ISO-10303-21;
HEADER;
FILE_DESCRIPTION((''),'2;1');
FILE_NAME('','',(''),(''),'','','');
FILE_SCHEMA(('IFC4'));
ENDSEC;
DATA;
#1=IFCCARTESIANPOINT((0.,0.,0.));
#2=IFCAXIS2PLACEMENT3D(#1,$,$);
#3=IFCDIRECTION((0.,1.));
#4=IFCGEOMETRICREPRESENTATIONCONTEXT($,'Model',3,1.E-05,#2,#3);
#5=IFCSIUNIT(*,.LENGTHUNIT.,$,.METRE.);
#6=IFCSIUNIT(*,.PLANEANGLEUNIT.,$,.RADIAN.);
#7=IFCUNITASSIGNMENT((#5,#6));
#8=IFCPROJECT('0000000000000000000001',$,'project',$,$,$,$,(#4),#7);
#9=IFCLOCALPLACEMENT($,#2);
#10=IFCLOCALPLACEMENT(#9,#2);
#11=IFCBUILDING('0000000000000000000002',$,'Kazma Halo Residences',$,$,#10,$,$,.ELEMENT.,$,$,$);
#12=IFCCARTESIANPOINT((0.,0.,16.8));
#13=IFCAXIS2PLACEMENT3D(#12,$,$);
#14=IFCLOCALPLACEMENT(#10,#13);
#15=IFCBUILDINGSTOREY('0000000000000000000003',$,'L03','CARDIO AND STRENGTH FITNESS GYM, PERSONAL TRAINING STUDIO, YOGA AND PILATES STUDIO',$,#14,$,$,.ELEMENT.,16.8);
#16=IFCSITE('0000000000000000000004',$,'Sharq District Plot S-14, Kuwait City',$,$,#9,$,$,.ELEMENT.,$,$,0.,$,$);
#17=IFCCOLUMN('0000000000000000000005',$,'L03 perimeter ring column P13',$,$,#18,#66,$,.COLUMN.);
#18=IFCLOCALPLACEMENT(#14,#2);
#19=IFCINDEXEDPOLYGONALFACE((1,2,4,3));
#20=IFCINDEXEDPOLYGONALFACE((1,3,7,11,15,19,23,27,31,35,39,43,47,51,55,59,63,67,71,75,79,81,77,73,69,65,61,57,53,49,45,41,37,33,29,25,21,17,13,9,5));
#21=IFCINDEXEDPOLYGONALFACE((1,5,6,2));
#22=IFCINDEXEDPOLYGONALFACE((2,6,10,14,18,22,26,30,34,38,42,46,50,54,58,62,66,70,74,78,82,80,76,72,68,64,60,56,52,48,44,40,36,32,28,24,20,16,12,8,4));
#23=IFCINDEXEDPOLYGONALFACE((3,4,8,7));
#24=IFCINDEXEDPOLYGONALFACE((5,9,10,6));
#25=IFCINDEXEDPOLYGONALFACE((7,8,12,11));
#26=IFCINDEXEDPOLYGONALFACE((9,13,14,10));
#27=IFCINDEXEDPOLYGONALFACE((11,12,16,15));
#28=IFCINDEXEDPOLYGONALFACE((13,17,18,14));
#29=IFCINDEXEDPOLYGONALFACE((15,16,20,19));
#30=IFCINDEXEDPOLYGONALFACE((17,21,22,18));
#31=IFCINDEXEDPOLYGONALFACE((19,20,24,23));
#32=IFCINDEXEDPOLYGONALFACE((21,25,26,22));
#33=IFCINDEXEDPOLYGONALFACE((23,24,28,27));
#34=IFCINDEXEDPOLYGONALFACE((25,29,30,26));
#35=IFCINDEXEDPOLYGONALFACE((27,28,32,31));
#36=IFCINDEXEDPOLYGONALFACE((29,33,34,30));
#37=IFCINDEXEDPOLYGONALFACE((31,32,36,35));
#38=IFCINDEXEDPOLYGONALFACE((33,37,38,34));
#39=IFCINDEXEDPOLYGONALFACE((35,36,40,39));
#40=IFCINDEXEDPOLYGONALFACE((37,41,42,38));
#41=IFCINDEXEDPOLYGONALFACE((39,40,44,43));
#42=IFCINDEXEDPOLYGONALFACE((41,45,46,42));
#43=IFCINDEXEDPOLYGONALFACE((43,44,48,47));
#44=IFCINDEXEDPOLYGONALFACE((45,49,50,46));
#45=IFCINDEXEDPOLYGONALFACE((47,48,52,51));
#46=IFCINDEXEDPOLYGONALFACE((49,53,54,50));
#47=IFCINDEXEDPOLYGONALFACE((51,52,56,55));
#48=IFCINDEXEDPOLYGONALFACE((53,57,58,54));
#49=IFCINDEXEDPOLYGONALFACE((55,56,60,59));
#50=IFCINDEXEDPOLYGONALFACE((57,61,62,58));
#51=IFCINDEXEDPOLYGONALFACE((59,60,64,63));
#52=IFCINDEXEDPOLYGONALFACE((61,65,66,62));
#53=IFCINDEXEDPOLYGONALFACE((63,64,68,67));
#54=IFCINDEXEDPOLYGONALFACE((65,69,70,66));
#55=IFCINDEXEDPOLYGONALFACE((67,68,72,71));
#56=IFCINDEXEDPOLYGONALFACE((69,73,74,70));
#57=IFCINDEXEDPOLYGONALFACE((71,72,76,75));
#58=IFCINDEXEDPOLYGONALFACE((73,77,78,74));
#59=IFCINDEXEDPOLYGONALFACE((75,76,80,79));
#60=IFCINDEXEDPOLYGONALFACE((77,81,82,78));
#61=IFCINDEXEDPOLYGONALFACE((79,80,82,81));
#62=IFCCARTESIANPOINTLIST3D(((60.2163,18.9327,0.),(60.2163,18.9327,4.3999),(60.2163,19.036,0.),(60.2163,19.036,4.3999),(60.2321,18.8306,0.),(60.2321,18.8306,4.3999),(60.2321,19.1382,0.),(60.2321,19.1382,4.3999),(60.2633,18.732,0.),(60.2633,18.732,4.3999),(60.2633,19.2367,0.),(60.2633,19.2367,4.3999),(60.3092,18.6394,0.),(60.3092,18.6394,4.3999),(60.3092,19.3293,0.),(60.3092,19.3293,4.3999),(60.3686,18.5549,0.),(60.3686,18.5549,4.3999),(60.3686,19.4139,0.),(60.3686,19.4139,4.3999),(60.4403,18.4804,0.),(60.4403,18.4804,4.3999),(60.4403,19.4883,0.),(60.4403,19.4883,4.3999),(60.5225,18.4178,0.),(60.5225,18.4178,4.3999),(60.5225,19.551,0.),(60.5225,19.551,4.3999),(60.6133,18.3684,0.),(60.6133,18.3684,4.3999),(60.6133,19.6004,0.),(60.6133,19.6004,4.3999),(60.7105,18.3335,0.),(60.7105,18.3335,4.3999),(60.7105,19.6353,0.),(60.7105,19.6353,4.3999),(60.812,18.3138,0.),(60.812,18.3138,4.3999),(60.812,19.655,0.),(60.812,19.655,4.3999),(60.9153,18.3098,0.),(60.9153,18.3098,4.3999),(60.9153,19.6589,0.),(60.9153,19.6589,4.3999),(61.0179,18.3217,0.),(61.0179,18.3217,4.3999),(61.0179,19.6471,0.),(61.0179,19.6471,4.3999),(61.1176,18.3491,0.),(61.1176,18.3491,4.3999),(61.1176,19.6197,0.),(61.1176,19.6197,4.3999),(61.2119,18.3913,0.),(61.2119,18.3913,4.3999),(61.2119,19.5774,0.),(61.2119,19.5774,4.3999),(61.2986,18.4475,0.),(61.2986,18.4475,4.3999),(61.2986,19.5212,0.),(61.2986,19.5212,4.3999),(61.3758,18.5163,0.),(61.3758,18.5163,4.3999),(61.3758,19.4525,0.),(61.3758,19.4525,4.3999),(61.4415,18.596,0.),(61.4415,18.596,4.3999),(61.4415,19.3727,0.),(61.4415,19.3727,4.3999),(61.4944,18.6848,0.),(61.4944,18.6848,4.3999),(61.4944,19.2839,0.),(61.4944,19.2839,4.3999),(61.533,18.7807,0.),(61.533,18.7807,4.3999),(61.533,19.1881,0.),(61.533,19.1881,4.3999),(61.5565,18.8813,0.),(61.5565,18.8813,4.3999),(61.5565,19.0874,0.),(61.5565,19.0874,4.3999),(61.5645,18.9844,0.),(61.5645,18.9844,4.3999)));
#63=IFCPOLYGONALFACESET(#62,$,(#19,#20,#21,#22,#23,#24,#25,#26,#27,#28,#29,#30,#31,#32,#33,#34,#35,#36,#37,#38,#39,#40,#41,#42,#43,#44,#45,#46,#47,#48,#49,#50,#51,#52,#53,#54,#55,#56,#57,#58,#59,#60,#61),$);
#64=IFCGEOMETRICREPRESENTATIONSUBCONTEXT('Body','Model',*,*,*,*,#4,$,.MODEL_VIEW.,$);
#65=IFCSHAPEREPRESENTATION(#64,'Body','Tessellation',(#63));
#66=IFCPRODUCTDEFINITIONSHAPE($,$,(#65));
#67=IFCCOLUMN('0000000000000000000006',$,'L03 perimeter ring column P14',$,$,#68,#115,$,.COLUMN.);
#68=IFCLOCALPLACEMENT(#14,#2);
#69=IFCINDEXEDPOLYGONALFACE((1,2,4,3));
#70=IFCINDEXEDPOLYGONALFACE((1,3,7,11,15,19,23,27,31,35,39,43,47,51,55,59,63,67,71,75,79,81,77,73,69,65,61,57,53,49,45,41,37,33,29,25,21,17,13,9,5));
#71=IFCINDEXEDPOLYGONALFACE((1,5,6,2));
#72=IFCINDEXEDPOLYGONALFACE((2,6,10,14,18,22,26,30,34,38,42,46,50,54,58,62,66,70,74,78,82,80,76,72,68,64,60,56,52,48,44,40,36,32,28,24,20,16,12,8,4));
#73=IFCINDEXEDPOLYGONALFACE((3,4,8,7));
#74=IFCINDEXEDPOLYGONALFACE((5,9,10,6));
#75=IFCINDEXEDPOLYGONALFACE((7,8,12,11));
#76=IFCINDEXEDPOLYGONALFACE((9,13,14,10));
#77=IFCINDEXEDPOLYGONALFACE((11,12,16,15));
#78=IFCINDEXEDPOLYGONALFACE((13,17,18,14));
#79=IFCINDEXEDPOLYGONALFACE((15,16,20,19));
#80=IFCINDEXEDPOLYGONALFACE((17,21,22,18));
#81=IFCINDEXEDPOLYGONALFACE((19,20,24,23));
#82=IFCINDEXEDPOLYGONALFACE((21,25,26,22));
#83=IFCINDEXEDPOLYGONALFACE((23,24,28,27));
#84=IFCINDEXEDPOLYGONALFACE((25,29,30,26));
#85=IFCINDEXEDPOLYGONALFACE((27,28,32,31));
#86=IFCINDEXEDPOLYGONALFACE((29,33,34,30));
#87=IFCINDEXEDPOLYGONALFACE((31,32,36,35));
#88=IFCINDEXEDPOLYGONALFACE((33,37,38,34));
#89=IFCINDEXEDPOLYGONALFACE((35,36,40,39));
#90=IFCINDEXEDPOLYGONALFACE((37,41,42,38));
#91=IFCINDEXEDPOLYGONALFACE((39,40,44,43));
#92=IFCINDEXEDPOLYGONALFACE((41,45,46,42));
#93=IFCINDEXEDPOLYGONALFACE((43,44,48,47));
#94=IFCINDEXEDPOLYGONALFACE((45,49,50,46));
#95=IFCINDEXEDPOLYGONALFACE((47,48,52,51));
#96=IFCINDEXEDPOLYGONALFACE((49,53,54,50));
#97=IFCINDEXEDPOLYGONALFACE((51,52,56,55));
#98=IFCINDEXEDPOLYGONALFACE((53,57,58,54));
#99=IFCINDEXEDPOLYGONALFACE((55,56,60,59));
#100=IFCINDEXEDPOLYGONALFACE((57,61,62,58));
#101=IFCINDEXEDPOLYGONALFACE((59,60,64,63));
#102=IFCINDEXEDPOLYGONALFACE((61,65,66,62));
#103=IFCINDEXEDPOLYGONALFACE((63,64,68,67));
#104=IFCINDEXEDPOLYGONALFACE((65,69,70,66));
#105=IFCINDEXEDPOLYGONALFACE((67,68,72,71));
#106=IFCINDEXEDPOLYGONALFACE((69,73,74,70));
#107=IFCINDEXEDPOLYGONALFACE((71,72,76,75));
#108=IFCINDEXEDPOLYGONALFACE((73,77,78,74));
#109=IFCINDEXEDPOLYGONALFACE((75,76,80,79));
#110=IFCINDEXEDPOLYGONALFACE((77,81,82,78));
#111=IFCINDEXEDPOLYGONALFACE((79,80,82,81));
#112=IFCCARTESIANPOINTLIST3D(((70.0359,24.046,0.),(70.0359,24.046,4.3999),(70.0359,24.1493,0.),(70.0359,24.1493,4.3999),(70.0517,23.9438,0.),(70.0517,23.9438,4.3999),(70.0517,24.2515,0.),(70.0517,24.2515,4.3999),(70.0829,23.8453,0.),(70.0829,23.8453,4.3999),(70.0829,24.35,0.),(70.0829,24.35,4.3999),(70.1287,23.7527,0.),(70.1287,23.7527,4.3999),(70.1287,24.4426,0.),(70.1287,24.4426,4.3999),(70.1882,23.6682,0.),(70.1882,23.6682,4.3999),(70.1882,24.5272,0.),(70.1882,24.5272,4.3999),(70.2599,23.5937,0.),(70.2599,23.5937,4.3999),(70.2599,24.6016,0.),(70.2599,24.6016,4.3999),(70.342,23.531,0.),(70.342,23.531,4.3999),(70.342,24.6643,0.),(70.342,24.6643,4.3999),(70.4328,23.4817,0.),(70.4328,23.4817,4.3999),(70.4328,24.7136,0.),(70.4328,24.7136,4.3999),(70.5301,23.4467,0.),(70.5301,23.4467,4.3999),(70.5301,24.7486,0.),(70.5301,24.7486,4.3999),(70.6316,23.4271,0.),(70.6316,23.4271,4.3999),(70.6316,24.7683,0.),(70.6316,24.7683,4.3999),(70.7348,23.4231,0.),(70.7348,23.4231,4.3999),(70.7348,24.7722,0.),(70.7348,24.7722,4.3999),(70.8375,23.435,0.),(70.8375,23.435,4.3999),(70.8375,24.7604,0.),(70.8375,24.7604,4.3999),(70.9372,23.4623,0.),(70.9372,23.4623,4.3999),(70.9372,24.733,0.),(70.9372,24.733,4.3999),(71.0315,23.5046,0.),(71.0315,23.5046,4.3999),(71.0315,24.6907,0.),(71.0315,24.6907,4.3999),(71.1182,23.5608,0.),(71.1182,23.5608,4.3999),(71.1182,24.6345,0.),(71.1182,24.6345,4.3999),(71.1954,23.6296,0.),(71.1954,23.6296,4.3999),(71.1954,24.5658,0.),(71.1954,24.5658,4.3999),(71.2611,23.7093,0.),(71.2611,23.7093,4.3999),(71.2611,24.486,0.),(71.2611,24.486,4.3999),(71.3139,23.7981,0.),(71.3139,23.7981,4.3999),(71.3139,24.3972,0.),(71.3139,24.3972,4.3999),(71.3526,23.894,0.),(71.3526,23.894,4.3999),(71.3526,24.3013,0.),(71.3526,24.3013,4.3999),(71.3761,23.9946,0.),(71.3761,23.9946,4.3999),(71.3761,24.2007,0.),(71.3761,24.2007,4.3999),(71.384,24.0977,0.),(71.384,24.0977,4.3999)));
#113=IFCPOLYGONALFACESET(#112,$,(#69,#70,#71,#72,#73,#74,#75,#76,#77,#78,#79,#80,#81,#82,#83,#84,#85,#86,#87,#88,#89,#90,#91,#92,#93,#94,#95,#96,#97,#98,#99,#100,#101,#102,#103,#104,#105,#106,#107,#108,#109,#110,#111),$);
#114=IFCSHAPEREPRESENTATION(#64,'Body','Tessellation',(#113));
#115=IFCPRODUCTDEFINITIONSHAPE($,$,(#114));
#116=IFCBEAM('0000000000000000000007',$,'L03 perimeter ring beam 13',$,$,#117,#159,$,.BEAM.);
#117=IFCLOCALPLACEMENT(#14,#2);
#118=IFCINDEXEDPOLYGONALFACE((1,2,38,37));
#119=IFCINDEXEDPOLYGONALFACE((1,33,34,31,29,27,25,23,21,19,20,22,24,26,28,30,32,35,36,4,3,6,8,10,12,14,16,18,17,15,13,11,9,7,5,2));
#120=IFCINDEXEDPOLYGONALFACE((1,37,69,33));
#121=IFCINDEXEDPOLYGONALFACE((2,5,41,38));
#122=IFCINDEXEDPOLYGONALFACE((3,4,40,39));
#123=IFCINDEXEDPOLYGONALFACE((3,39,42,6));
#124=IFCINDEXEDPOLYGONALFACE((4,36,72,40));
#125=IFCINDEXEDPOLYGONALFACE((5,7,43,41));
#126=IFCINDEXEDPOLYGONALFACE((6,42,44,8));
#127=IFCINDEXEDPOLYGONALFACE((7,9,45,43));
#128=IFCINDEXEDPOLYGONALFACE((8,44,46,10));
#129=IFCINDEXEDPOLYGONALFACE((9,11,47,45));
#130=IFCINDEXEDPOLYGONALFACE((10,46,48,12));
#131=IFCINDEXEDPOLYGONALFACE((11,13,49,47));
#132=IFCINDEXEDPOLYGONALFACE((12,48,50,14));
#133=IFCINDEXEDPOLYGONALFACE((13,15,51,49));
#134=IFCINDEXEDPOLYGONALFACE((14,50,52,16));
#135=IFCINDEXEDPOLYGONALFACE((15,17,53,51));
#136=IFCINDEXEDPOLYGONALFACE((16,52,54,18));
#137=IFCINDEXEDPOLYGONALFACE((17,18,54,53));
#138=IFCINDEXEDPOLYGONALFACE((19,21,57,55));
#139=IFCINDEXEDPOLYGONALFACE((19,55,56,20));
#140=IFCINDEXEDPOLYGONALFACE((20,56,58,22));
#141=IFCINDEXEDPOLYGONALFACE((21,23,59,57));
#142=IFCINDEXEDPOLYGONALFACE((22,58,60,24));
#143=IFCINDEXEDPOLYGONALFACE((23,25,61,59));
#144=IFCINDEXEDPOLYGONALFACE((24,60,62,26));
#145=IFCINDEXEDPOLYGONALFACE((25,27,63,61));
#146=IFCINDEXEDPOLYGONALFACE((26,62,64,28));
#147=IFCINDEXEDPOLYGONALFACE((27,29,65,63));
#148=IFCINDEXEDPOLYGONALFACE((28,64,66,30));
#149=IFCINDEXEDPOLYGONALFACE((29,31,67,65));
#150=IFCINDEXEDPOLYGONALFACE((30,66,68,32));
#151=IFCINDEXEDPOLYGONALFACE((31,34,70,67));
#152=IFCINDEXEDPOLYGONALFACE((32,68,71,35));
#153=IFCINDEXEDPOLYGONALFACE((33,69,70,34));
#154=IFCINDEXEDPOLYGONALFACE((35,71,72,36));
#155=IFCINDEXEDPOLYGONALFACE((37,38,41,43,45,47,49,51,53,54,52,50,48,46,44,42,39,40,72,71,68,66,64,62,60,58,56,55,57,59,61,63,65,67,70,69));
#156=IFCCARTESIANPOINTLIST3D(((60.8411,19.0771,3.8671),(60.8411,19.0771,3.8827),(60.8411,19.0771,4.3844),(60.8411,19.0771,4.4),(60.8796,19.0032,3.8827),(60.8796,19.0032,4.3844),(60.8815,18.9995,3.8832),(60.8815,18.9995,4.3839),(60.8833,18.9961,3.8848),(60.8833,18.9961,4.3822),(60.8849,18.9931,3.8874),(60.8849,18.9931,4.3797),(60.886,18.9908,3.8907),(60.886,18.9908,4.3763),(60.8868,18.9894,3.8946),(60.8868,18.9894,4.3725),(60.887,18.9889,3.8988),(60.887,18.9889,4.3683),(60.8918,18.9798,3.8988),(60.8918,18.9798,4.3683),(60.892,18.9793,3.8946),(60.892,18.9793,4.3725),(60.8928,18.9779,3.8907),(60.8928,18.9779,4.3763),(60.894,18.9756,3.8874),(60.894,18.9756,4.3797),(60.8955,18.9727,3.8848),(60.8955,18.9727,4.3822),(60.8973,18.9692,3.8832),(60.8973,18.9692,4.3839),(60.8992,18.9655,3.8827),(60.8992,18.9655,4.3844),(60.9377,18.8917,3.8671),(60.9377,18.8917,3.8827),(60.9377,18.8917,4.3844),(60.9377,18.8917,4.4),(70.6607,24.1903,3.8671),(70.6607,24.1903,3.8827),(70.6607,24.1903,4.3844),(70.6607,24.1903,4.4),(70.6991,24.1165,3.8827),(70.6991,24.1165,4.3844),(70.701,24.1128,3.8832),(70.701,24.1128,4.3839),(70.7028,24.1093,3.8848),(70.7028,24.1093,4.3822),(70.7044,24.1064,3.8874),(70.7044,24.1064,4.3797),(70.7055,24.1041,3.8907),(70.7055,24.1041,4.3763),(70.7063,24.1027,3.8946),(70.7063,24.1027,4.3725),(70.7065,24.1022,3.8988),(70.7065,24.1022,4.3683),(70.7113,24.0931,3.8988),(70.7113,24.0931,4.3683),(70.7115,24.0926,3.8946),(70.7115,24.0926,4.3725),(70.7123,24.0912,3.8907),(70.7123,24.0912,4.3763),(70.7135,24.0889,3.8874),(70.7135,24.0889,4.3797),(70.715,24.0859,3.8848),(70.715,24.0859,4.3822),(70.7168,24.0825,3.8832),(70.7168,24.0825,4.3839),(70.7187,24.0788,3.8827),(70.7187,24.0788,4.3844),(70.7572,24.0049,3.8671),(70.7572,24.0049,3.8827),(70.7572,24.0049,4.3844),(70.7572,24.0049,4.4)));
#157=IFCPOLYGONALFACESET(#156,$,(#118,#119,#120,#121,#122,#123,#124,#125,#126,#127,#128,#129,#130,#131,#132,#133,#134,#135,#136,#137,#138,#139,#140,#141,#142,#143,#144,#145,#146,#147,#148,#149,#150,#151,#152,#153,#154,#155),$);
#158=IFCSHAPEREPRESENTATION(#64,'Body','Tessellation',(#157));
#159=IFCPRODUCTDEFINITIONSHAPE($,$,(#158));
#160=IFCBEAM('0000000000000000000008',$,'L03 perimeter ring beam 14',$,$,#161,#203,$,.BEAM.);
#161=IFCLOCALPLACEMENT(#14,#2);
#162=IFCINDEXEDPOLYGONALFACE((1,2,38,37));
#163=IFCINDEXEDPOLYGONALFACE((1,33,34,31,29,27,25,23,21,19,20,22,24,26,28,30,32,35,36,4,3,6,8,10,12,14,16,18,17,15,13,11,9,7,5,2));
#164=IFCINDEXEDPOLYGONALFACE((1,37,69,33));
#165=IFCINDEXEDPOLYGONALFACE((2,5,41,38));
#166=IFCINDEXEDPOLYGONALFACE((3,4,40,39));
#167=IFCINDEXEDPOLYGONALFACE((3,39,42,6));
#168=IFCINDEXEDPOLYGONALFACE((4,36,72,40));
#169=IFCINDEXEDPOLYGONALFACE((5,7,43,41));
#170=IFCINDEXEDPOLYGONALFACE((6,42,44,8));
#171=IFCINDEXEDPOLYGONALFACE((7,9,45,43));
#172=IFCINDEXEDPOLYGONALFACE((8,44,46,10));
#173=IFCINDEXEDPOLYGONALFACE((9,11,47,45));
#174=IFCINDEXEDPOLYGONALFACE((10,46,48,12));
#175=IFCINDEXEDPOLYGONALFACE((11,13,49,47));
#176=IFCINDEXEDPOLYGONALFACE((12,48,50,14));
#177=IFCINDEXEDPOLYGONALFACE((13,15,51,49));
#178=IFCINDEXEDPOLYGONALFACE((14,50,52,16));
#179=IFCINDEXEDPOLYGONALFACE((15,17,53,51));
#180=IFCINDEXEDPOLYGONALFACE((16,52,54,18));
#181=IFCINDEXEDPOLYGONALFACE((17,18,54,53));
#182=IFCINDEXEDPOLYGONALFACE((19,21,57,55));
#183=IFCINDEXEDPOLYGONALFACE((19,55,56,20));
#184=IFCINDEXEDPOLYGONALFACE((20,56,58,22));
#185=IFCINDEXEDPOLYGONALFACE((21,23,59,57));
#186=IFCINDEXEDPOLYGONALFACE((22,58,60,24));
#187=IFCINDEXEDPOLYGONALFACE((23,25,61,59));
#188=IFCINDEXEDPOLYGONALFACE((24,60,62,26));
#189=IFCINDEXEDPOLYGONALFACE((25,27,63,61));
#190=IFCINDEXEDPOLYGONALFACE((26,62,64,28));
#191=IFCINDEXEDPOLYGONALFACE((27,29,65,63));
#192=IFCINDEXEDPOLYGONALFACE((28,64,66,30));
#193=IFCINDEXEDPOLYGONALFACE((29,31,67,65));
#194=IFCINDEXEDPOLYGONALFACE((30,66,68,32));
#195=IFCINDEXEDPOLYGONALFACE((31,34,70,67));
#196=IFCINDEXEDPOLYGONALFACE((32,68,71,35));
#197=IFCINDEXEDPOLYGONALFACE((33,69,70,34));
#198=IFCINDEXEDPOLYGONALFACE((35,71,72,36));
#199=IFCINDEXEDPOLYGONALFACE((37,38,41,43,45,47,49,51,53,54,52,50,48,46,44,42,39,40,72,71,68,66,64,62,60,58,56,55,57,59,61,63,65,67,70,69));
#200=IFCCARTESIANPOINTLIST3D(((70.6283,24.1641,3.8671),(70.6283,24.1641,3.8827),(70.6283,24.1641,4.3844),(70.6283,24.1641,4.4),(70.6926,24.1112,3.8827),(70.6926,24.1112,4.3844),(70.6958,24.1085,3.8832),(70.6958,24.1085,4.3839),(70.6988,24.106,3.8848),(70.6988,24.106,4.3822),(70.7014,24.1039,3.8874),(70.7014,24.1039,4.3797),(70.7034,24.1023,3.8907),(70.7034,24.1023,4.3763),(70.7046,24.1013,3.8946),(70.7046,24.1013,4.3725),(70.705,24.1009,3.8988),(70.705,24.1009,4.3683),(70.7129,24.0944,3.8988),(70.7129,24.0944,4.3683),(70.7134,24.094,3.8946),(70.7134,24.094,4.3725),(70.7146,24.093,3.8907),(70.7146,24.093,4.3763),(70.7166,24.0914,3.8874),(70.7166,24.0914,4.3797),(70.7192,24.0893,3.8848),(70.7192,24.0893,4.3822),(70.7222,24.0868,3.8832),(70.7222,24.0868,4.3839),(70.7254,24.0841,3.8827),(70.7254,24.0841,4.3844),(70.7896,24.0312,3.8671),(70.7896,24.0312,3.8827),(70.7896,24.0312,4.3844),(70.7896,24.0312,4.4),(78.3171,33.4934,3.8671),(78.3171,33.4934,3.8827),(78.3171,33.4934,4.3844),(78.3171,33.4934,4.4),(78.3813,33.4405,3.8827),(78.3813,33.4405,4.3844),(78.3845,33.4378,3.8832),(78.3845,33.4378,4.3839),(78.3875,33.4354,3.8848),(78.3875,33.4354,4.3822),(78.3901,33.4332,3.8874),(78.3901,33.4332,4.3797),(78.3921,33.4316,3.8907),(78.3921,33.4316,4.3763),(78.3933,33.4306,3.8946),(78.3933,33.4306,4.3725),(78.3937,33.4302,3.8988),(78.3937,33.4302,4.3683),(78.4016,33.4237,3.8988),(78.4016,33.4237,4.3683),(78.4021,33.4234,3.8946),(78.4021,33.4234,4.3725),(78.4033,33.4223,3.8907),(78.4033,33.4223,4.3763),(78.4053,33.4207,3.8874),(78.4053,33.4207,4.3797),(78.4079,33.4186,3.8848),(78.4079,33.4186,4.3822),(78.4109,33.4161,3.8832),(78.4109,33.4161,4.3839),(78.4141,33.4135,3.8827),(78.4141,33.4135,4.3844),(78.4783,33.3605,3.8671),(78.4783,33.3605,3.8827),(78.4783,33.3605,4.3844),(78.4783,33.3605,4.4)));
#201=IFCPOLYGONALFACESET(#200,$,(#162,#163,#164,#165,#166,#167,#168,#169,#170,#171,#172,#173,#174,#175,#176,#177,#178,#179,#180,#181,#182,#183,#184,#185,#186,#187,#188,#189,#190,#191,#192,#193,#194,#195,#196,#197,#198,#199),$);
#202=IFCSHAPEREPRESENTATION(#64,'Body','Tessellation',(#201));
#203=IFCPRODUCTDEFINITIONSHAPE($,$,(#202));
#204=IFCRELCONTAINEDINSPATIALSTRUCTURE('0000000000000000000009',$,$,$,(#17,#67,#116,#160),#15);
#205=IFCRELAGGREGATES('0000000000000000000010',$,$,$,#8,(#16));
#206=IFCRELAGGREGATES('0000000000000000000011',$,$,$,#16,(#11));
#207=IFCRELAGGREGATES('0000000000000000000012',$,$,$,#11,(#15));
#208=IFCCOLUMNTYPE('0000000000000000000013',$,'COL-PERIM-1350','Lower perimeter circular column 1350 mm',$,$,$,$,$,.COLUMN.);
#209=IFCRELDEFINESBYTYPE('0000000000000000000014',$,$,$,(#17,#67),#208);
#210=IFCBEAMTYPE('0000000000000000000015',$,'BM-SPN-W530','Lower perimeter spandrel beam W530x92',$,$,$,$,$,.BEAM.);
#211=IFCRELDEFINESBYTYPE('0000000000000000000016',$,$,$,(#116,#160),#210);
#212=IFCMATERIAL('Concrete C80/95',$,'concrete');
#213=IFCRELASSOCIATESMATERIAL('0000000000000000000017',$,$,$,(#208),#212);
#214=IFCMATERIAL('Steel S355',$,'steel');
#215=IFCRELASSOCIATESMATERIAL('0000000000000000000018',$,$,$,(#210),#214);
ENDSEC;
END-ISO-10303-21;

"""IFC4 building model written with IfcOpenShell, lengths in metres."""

from ifc_helpers import new_model, si_unit, direction, frame, origin, origin_2d, place, context, subcontext, project, spatial, circle, i_section, extrude, material, material_profile, profile_set, type_object, element, save


model = new_model("IFC4")

# Units and contexts
model_context = context("Model", 3, precision=1e-05, world=origin(), true_north=direction((0.0, 1.0)))
body_context = subcontext(model_context, "Body", "Model", "MODEL_VIEW")
ifc_project = project(units=[si_unit("LENGTHUNIT", "METRE"), si_unit("PLANEANGLEUNIT", "RADIAN")], contexts=[model_context])

# Site, building, storey
site_placement = place(None, origin())
site = spatial("IfcSite", under=ifc_project, at=site_placement, Name="Sharq District Plot S-14, Kuwait City", CompositionType="ELEMENT", RefElevation=0.0)
building_placement = place(site_placement, origin())
building = spatial("IfcBuilding", under=site, at=building_placement, Name="Kazma Halo Residences", CompositionType="ELEMENT")
storey_placement = place(building_placement, frame((0.0, 0.0, 16.8)))
storey = spatial("IfcBuildingStorey", under=building, at=storey_placement, Name="L03", Description="CARDIO AND STRENGTH FITNESS GYM, PERSONAL TRAINING STUDIO, YOGA AND PILATES STUDIO", CompositionType="ELEMENT", Elevation=16.8)

# Columns
ifc_material_1 = material(Name="Concrete C80/95", Category="concrete")
ifc_material_profile_1 = material_profile(ifc_material_1, circle(Radius=0.675, at=origin_2d()), Name="CIRC1350")
ifc_profile_set_1 = profile_set([ifc_material_profile_1], Name="Concrete C80/95")
column_type = type_object("IfcColumnType", Name="COL-PERIM-1350", Description="Lower perimeter circular column 1350 mm", PredefinedType="COLUMN", material=ifc_profile_set_1)
for number, where, z_axis, x_axis, name in (
    (1, (60.8894, 18.9844, 0.0), (0.0, 0.0, 1.0), (1.0, 0.0, 0.0), "L03 perimeter ring column P13"),
    (2, (70.709, 24.0977, 0.0), (0.0, 0.0, 1.0), (1.0, 0.0, 0.0), "L03 perimeter ring column P14"),
):
    element("IfcColumn", number, at=place(storey_placement, frame(where, z_axis=z_axis, x_axis=x_axis)), inside=storey, type_object=column_type, Name=name, PredefinedType="COLUMN", context=body_context, shape_type="SweptSolid", body=[
        extrude(circle(Radius=0.675, at=origin_2d()), origin(), (0.0, 0.0, 1.0), 4.3999),
    ])

# Beams
ifc_material_2 = material(Name="Steel S355", Category="steel")
ifc_material_profile_2 = material_profile(ifc_material_2, i_section(OverallWidth=0.209, OverallDepth=0.533, WebThickness=0.0103, FlangeThickness=0.0156, FilletRadius=0.0161, at=origin_2d()), Name="W530x92")
ifc_profile_set_2 = profile_set([ifc_material_profile_2], Name="Steel S355")
beam_type = type_object("IfcBeamType", Name="BM-SPN-W530", Description="Lower perimeter spandrel beam W530x92", PredefinedType="BEAM", material=ifc_profile_set_2)
beam_1_placement = place(storey_placement, frame((60.8894, 18.9844, 4.1335), z_axis=(0.886954, 0.461857, 0.0), x_axis=(-0.461857, 0.886954, 0.0)))
element("IfcBeam", 3, at=beam_1_placement, inside=storey, type_object=beam_type, Name="L03 perimeter ring beam 13", PredefinedType="BEAM", context=body_context, shape_type="SweptSolid", body=[
    extrude(i_section(OverallWidth=0.209, OverallDepth=0.533, WebThickness=0.0103, FlangeThickness=0.0156, FilletRadius=0.0161, at=origin_2d()), origin(), (0.0, 0.0, 1.0), 11.071),
])
beam_2_placement = place(storey_placement, frame((70.709, 24.0977, 4.1335), z_axis=(0.63599, 0.771698, 0.0), x_axis=(-0.771698, 0.63599, 0.0)))
element("IfcBeam", 4, at=beam_2_placement, inside=storey, type_object=beam_type, Name="L03 perimeter ring beam 14", PredefinedType="BEAM", context=body_context, shape_type="SweptSolid", body=[
    extrude(i_section(OverallWidth=0.209, OverallDepth=0.533, WebThickness=0.0103, FlangeThickness=0.0156, FilletRadius=0.0161, at=origin_2d()), origin(), (0.0, 0.0, 1.0), 12.0894),
])

save(model, "model.ifc")
